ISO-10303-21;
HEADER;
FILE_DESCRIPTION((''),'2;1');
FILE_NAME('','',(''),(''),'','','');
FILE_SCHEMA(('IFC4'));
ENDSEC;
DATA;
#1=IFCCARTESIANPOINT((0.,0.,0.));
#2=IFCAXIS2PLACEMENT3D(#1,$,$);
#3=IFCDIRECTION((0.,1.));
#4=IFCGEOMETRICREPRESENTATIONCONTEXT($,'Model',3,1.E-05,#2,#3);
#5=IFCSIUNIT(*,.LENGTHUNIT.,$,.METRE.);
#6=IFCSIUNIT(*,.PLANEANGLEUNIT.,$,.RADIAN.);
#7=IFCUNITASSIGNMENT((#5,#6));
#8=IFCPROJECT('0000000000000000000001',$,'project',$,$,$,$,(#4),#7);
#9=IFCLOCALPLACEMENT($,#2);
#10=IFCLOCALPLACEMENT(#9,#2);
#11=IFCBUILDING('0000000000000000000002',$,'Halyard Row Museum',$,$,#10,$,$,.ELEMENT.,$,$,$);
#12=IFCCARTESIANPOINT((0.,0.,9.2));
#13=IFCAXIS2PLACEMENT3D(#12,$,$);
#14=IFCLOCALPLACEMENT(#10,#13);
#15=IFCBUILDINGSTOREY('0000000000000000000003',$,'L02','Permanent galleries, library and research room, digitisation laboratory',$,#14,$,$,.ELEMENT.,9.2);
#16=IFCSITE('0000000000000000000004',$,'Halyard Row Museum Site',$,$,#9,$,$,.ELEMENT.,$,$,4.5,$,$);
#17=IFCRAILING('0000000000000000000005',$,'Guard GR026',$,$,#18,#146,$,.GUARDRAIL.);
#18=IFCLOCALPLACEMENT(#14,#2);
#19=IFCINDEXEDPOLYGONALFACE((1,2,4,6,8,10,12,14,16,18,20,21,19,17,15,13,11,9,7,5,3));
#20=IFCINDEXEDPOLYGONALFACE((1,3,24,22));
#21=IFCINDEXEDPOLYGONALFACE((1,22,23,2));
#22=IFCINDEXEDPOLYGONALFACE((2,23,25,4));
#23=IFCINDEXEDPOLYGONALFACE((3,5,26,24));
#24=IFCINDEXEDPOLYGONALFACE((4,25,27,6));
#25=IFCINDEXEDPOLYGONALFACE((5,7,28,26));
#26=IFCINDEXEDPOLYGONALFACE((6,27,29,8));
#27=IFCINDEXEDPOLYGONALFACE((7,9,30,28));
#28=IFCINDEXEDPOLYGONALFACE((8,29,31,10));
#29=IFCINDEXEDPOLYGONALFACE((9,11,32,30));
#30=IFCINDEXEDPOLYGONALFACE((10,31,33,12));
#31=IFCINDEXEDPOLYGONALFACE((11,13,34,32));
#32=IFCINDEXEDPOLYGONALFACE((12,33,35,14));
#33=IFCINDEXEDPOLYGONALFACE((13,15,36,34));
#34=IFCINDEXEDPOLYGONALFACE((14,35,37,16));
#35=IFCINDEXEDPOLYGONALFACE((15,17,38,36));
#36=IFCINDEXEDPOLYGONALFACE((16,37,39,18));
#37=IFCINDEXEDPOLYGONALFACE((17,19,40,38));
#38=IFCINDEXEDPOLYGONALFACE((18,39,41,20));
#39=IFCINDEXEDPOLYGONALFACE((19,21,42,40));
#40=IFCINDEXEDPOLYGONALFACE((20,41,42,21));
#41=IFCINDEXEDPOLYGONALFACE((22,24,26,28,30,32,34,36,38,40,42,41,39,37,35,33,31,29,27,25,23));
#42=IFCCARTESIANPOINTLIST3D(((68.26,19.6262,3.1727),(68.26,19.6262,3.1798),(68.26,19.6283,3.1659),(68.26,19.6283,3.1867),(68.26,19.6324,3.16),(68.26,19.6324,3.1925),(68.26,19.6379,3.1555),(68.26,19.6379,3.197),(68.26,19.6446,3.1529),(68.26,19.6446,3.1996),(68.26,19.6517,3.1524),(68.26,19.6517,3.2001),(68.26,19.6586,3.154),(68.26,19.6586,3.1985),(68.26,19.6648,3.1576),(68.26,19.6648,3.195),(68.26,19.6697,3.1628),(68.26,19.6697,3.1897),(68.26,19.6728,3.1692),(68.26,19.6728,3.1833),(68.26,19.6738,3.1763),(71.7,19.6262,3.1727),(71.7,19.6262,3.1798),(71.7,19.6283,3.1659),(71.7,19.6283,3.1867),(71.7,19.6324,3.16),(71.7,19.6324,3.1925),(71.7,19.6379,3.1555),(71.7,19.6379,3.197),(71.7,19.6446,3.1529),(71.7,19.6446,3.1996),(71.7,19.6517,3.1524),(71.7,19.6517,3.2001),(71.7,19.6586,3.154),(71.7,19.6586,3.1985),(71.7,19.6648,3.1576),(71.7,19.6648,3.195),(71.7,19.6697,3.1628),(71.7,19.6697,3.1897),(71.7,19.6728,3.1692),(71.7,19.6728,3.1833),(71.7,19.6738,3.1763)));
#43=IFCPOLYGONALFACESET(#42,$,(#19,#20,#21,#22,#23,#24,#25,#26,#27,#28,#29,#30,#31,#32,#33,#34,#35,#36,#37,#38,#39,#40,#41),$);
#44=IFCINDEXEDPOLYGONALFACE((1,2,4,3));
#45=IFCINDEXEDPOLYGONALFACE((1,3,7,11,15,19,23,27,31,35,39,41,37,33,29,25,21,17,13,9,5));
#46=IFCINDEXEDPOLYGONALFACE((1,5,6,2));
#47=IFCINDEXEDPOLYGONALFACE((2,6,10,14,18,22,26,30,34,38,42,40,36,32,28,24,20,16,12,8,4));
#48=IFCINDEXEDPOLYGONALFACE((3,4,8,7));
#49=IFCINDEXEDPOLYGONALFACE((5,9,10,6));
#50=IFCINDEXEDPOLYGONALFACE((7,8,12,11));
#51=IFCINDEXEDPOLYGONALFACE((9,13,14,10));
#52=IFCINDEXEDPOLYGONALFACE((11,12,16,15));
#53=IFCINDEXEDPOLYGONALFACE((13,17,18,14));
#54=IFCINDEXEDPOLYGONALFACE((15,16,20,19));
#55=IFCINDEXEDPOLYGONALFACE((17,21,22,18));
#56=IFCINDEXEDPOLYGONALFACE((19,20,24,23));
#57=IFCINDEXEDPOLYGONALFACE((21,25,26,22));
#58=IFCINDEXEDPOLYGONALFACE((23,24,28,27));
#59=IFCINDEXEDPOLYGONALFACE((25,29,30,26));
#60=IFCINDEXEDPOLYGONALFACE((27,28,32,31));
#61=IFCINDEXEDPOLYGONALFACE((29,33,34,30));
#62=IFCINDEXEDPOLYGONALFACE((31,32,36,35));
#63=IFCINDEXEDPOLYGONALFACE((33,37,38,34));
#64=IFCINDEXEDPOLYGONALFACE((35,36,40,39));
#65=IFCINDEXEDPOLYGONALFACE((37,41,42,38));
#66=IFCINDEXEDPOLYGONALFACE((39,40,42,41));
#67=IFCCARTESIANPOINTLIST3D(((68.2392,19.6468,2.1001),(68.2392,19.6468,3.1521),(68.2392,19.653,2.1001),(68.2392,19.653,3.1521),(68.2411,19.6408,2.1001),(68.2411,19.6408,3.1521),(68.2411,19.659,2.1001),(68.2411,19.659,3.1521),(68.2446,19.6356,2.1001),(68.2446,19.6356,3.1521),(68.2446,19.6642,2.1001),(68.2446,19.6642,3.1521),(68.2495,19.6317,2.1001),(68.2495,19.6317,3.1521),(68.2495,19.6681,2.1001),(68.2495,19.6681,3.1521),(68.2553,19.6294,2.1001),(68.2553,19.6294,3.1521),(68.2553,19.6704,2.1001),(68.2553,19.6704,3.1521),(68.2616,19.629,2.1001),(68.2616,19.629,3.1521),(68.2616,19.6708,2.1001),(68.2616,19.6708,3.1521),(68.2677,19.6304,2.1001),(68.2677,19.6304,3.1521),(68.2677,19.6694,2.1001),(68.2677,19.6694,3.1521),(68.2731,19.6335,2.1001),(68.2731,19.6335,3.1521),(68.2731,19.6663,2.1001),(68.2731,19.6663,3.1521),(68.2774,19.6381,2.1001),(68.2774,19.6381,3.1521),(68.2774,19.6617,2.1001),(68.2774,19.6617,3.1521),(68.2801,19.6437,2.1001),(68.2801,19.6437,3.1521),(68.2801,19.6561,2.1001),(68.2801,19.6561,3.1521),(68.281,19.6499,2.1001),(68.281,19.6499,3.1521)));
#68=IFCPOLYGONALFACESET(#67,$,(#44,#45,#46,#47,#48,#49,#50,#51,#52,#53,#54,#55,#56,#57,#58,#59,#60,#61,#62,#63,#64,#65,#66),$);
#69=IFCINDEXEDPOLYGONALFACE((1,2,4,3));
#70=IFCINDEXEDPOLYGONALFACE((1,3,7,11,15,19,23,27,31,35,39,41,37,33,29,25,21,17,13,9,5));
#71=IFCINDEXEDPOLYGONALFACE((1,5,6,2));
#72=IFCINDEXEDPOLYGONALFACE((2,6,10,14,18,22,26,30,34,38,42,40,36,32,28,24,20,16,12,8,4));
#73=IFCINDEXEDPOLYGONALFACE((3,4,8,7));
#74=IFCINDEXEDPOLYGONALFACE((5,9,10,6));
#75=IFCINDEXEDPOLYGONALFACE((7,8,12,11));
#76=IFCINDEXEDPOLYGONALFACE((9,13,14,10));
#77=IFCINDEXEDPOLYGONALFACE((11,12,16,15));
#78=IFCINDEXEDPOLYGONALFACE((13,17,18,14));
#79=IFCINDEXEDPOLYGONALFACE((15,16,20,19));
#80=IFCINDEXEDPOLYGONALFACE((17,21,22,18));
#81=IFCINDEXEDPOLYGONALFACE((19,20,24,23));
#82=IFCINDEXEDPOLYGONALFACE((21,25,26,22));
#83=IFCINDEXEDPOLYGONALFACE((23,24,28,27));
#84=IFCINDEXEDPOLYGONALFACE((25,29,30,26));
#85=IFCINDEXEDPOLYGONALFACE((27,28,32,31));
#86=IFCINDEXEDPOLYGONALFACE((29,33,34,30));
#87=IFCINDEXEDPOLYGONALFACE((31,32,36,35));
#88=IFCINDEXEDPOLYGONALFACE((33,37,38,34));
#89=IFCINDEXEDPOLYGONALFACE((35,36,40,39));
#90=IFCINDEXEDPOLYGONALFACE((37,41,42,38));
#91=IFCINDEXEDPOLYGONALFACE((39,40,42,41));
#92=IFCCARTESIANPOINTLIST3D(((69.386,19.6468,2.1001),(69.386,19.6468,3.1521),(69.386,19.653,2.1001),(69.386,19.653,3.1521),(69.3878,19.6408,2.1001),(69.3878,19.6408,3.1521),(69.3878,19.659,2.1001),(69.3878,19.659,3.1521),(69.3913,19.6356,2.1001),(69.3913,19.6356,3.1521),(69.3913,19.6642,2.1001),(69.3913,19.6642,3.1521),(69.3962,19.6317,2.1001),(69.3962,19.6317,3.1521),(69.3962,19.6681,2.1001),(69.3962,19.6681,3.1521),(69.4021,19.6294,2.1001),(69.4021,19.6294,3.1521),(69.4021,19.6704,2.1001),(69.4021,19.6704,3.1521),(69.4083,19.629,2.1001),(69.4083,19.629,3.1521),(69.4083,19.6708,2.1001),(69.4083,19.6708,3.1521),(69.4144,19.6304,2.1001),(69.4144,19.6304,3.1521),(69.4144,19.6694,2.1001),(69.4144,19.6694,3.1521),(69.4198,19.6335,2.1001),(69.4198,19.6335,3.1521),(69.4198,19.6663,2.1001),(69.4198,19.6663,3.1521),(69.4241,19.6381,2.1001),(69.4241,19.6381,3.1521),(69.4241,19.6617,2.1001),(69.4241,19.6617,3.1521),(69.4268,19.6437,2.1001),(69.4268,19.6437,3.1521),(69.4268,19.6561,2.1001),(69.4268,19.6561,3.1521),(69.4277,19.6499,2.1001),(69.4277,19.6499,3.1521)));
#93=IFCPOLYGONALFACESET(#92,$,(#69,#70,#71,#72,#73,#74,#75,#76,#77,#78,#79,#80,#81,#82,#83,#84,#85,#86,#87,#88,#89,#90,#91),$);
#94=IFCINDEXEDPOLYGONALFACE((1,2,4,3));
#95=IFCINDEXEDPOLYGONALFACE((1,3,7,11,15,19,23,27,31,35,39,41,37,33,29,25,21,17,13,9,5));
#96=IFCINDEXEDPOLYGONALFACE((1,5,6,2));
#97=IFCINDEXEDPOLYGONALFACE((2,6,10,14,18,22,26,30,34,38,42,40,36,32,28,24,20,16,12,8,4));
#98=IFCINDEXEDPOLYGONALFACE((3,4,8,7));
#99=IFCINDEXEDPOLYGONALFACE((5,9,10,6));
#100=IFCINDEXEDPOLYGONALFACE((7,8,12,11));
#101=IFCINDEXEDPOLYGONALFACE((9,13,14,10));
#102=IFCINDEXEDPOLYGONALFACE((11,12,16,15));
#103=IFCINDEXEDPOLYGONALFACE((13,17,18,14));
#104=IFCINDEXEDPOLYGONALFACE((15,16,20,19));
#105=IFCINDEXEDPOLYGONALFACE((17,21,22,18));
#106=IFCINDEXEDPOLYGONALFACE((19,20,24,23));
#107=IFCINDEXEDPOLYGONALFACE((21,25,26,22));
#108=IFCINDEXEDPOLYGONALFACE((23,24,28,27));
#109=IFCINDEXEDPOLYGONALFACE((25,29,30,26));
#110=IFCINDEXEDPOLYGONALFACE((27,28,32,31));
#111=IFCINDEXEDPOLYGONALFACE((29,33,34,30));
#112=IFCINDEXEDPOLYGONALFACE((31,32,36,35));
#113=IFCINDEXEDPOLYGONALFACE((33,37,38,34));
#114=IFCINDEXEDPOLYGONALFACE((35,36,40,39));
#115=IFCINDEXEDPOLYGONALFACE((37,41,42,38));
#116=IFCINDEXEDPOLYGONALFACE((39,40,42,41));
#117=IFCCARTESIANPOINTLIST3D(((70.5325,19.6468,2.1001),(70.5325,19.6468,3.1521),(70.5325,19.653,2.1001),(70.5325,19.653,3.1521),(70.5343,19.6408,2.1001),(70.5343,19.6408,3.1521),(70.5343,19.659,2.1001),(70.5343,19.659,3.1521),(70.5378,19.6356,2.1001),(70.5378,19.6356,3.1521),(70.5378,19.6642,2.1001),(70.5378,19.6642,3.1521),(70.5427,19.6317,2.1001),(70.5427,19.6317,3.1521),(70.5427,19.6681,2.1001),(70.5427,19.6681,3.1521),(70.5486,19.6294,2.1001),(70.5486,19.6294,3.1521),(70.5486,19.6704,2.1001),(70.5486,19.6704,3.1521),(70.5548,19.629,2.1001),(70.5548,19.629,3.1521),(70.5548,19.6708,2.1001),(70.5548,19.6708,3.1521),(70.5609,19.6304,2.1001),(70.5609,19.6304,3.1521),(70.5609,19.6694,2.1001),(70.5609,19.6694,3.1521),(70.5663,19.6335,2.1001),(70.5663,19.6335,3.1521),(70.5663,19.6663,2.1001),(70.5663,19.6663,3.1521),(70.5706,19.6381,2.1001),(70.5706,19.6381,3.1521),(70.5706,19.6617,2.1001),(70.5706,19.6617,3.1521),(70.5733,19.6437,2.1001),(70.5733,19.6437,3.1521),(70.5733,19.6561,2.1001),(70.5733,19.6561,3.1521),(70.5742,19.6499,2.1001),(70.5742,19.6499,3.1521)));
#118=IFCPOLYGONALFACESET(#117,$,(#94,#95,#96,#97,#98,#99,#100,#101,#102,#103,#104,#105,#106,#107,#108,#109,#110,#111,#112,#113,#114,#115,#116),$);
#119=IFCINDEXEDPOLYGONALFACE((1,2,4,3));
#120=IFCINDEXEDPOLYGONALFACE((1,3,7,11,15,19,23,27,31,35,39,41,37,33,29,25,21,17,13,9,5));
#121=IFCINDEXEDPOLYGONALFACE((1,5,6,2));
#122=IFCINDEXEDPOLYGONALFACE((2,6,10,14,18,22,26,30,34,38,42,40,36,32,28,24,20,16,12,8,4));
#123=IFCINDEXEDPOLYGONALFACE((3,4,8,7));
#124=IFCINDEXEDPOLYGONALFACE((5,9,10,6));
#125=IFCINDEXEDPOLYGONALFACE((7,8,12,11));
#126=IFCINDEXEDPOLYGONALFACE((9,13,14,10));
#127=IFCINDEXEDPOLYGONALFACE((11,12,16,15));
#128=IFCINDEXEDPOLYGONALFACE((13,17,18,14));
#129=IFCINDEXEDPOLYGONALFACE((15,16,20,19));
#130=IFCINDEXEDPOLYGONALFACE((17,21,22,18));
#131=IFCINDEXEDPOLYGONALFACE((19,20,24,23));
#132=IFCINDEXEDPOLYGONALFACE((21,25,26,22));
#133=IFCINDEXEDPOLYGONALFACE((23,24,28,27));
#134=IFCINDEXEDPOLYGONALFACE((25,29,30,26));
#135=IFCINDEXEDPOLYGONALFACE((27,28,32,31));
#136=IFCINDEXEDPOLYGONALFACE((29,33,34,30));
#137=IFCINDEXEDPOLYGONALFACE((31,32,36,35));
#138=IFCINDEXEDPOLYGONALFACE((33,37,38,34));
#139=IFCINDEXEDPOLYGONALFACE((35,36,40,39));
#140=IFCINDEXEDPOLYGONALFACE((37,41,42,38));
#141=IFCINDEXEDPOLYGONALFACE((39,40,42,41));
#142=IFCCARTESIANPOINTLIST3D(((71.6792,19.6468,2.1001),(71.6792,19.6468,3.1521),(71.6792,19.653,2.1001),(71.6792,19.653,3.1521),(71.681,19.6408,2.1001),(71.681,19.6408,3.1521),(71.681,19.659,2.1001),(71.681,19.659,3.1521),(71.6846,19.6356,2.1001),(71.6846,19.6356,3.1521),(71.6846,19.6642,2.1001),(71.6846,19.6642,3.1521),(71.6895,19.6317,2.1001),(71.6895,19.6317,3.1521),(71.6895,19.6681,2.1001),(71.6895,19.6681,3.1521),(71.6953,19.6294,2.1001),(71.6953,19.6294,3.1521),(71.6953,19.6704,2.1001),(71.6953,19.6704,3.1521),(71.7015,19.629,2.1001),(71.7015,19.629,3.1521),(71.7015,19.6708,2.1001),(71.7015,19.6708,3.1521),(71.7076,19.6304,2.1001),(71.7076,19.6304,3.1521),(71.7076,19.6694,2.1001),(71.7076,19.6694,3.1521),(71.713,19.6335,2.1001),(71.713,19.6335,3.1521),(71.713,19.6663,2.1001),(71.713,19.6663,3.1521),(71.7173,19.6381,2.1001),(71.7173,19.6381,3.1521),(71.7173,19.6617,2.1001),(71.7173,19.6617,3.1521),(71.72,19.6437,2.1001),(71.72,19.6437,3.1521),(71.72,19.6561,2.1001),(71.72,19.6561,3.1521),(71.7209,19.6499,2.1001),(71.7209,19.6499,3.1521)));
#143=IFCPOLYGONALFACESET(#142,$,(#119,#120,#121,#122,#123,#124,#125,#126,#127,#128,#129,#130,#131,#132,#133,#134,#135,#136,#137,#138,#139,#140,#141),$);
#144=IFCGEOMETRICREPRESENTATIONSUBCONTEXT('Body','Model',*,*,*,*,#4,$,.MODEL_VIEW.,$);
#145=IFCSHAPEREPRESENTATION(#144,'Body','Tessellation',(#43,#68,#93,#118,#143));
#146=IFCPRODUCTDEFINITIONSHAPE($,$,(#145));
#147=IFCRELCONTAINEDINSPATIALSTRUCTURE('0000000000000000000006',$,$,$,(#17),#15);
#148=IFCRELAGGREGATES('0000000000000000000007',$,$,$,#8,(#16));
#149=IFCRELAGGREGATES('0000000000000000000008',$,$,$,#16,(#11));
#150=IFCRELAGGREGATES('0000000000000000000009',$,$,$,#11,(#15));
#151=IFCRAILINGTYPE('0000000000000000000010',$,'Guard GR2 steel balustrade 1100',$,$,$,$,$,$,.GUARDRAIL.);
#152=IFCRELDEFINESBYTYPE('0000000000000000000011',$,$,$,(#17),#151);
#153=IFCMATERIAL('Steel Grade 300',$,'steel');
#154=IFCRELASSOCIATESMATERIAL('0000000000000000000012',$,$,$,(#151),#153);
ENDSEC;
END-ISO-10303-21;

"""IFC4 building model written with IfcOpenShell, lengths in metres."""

from ifc_helpers import new_model, si_unit, direction, frame, origin, origin_2d, place, context, subcontext, project, spatial, circle, extrude, material, type_object, element, save


model = new_model("IFC4")

# Units and contexts
model_context = context("Model", 3, precision=1e-05, world=origin(), true_north=direction((0.0, 1.0)))
body_context = subcontext(model_context, "Body", "Model", "MODEL_VIEW")
ifc_project = project(units=[si_unit("LENGTHUNIT", "METRE"), si_unit("PLANEANGLEUNIT", "RADIAN")], contexts=[model_context])

# Site, building, storey
site_placement = place(None, origin())
site = spatial("IfcSite", under=ifc_project, at=site_placement, Name="Halyard Row Museum Site", CompositionType="ELEMENT", RefElevation=4.5)
building_placement = place(site_placement, origin())
building = spatial("IfcBuilding", under=site, at=building_placement, Name="Halyard Row Museum", CompositionType="ELEMENT")
storey_placement = place(building_placement, frame((0.0, 0.0, 9.2)))
storey = spatial("IfcBuildingStorey", under=building, at=storey_placement, Name="L02", Description="Permanent galleries, library and research room, digitisation laboratory", CompositionType="ELEMENT", Elevation=9.2)

# Railing
ifc_material_1 = material(Name="Steel Grade 300", Category="steel")
railing_type_1 = type_object("IfcRailingType", Name="Guard GR2 steel balustrade 1100", PredefinedType="GUARDRAIL", material=ifc_material_1)
railing_1_placement = place(storey_placement, frame((68.26, 19.6499, 2.1001)))
element("IfcRailing", 1, at=railing_1_placement, inside=storey, type_object=railing_type_1, Name="Guard GR026", PredefinedType="GUARDRAIL", context=body_context, shape_type="SweptSolid", body=[
    extrude(circle(Radius=0.0239, at=origin_2d()), frame((0.0, 0.0, 1.0762), z_axis=(1.0, 0.0, 0.0), x_axis=(0.0, 1.0, 0.0)), (0.0, 0.0, 1.0), 3.4399),
    extrude(circle(Radius=0.021, at=origin_2d()), origin(), (0.0, 0.0, 1.0), 1.052),
    extrude(circle(Radius=0.021, at=origin_2d()), frame((1.1467, 0.0, 0.0)), (0.0, 0.0, 1.0), 1.052),
    extrude(circle(Radius=0.021, at=origin_2d()), frame((2.2932, 0.0, 0.0)), (0.0, 0.0, 1.0), 1.052),
    extrude(circle(Radius=0.021, at=origin_2d()), frame((3.4399, 0.0, 0.0)), (0.0, 0.0, 1.0), 1.052),
])

save(model, "model.ifc")
